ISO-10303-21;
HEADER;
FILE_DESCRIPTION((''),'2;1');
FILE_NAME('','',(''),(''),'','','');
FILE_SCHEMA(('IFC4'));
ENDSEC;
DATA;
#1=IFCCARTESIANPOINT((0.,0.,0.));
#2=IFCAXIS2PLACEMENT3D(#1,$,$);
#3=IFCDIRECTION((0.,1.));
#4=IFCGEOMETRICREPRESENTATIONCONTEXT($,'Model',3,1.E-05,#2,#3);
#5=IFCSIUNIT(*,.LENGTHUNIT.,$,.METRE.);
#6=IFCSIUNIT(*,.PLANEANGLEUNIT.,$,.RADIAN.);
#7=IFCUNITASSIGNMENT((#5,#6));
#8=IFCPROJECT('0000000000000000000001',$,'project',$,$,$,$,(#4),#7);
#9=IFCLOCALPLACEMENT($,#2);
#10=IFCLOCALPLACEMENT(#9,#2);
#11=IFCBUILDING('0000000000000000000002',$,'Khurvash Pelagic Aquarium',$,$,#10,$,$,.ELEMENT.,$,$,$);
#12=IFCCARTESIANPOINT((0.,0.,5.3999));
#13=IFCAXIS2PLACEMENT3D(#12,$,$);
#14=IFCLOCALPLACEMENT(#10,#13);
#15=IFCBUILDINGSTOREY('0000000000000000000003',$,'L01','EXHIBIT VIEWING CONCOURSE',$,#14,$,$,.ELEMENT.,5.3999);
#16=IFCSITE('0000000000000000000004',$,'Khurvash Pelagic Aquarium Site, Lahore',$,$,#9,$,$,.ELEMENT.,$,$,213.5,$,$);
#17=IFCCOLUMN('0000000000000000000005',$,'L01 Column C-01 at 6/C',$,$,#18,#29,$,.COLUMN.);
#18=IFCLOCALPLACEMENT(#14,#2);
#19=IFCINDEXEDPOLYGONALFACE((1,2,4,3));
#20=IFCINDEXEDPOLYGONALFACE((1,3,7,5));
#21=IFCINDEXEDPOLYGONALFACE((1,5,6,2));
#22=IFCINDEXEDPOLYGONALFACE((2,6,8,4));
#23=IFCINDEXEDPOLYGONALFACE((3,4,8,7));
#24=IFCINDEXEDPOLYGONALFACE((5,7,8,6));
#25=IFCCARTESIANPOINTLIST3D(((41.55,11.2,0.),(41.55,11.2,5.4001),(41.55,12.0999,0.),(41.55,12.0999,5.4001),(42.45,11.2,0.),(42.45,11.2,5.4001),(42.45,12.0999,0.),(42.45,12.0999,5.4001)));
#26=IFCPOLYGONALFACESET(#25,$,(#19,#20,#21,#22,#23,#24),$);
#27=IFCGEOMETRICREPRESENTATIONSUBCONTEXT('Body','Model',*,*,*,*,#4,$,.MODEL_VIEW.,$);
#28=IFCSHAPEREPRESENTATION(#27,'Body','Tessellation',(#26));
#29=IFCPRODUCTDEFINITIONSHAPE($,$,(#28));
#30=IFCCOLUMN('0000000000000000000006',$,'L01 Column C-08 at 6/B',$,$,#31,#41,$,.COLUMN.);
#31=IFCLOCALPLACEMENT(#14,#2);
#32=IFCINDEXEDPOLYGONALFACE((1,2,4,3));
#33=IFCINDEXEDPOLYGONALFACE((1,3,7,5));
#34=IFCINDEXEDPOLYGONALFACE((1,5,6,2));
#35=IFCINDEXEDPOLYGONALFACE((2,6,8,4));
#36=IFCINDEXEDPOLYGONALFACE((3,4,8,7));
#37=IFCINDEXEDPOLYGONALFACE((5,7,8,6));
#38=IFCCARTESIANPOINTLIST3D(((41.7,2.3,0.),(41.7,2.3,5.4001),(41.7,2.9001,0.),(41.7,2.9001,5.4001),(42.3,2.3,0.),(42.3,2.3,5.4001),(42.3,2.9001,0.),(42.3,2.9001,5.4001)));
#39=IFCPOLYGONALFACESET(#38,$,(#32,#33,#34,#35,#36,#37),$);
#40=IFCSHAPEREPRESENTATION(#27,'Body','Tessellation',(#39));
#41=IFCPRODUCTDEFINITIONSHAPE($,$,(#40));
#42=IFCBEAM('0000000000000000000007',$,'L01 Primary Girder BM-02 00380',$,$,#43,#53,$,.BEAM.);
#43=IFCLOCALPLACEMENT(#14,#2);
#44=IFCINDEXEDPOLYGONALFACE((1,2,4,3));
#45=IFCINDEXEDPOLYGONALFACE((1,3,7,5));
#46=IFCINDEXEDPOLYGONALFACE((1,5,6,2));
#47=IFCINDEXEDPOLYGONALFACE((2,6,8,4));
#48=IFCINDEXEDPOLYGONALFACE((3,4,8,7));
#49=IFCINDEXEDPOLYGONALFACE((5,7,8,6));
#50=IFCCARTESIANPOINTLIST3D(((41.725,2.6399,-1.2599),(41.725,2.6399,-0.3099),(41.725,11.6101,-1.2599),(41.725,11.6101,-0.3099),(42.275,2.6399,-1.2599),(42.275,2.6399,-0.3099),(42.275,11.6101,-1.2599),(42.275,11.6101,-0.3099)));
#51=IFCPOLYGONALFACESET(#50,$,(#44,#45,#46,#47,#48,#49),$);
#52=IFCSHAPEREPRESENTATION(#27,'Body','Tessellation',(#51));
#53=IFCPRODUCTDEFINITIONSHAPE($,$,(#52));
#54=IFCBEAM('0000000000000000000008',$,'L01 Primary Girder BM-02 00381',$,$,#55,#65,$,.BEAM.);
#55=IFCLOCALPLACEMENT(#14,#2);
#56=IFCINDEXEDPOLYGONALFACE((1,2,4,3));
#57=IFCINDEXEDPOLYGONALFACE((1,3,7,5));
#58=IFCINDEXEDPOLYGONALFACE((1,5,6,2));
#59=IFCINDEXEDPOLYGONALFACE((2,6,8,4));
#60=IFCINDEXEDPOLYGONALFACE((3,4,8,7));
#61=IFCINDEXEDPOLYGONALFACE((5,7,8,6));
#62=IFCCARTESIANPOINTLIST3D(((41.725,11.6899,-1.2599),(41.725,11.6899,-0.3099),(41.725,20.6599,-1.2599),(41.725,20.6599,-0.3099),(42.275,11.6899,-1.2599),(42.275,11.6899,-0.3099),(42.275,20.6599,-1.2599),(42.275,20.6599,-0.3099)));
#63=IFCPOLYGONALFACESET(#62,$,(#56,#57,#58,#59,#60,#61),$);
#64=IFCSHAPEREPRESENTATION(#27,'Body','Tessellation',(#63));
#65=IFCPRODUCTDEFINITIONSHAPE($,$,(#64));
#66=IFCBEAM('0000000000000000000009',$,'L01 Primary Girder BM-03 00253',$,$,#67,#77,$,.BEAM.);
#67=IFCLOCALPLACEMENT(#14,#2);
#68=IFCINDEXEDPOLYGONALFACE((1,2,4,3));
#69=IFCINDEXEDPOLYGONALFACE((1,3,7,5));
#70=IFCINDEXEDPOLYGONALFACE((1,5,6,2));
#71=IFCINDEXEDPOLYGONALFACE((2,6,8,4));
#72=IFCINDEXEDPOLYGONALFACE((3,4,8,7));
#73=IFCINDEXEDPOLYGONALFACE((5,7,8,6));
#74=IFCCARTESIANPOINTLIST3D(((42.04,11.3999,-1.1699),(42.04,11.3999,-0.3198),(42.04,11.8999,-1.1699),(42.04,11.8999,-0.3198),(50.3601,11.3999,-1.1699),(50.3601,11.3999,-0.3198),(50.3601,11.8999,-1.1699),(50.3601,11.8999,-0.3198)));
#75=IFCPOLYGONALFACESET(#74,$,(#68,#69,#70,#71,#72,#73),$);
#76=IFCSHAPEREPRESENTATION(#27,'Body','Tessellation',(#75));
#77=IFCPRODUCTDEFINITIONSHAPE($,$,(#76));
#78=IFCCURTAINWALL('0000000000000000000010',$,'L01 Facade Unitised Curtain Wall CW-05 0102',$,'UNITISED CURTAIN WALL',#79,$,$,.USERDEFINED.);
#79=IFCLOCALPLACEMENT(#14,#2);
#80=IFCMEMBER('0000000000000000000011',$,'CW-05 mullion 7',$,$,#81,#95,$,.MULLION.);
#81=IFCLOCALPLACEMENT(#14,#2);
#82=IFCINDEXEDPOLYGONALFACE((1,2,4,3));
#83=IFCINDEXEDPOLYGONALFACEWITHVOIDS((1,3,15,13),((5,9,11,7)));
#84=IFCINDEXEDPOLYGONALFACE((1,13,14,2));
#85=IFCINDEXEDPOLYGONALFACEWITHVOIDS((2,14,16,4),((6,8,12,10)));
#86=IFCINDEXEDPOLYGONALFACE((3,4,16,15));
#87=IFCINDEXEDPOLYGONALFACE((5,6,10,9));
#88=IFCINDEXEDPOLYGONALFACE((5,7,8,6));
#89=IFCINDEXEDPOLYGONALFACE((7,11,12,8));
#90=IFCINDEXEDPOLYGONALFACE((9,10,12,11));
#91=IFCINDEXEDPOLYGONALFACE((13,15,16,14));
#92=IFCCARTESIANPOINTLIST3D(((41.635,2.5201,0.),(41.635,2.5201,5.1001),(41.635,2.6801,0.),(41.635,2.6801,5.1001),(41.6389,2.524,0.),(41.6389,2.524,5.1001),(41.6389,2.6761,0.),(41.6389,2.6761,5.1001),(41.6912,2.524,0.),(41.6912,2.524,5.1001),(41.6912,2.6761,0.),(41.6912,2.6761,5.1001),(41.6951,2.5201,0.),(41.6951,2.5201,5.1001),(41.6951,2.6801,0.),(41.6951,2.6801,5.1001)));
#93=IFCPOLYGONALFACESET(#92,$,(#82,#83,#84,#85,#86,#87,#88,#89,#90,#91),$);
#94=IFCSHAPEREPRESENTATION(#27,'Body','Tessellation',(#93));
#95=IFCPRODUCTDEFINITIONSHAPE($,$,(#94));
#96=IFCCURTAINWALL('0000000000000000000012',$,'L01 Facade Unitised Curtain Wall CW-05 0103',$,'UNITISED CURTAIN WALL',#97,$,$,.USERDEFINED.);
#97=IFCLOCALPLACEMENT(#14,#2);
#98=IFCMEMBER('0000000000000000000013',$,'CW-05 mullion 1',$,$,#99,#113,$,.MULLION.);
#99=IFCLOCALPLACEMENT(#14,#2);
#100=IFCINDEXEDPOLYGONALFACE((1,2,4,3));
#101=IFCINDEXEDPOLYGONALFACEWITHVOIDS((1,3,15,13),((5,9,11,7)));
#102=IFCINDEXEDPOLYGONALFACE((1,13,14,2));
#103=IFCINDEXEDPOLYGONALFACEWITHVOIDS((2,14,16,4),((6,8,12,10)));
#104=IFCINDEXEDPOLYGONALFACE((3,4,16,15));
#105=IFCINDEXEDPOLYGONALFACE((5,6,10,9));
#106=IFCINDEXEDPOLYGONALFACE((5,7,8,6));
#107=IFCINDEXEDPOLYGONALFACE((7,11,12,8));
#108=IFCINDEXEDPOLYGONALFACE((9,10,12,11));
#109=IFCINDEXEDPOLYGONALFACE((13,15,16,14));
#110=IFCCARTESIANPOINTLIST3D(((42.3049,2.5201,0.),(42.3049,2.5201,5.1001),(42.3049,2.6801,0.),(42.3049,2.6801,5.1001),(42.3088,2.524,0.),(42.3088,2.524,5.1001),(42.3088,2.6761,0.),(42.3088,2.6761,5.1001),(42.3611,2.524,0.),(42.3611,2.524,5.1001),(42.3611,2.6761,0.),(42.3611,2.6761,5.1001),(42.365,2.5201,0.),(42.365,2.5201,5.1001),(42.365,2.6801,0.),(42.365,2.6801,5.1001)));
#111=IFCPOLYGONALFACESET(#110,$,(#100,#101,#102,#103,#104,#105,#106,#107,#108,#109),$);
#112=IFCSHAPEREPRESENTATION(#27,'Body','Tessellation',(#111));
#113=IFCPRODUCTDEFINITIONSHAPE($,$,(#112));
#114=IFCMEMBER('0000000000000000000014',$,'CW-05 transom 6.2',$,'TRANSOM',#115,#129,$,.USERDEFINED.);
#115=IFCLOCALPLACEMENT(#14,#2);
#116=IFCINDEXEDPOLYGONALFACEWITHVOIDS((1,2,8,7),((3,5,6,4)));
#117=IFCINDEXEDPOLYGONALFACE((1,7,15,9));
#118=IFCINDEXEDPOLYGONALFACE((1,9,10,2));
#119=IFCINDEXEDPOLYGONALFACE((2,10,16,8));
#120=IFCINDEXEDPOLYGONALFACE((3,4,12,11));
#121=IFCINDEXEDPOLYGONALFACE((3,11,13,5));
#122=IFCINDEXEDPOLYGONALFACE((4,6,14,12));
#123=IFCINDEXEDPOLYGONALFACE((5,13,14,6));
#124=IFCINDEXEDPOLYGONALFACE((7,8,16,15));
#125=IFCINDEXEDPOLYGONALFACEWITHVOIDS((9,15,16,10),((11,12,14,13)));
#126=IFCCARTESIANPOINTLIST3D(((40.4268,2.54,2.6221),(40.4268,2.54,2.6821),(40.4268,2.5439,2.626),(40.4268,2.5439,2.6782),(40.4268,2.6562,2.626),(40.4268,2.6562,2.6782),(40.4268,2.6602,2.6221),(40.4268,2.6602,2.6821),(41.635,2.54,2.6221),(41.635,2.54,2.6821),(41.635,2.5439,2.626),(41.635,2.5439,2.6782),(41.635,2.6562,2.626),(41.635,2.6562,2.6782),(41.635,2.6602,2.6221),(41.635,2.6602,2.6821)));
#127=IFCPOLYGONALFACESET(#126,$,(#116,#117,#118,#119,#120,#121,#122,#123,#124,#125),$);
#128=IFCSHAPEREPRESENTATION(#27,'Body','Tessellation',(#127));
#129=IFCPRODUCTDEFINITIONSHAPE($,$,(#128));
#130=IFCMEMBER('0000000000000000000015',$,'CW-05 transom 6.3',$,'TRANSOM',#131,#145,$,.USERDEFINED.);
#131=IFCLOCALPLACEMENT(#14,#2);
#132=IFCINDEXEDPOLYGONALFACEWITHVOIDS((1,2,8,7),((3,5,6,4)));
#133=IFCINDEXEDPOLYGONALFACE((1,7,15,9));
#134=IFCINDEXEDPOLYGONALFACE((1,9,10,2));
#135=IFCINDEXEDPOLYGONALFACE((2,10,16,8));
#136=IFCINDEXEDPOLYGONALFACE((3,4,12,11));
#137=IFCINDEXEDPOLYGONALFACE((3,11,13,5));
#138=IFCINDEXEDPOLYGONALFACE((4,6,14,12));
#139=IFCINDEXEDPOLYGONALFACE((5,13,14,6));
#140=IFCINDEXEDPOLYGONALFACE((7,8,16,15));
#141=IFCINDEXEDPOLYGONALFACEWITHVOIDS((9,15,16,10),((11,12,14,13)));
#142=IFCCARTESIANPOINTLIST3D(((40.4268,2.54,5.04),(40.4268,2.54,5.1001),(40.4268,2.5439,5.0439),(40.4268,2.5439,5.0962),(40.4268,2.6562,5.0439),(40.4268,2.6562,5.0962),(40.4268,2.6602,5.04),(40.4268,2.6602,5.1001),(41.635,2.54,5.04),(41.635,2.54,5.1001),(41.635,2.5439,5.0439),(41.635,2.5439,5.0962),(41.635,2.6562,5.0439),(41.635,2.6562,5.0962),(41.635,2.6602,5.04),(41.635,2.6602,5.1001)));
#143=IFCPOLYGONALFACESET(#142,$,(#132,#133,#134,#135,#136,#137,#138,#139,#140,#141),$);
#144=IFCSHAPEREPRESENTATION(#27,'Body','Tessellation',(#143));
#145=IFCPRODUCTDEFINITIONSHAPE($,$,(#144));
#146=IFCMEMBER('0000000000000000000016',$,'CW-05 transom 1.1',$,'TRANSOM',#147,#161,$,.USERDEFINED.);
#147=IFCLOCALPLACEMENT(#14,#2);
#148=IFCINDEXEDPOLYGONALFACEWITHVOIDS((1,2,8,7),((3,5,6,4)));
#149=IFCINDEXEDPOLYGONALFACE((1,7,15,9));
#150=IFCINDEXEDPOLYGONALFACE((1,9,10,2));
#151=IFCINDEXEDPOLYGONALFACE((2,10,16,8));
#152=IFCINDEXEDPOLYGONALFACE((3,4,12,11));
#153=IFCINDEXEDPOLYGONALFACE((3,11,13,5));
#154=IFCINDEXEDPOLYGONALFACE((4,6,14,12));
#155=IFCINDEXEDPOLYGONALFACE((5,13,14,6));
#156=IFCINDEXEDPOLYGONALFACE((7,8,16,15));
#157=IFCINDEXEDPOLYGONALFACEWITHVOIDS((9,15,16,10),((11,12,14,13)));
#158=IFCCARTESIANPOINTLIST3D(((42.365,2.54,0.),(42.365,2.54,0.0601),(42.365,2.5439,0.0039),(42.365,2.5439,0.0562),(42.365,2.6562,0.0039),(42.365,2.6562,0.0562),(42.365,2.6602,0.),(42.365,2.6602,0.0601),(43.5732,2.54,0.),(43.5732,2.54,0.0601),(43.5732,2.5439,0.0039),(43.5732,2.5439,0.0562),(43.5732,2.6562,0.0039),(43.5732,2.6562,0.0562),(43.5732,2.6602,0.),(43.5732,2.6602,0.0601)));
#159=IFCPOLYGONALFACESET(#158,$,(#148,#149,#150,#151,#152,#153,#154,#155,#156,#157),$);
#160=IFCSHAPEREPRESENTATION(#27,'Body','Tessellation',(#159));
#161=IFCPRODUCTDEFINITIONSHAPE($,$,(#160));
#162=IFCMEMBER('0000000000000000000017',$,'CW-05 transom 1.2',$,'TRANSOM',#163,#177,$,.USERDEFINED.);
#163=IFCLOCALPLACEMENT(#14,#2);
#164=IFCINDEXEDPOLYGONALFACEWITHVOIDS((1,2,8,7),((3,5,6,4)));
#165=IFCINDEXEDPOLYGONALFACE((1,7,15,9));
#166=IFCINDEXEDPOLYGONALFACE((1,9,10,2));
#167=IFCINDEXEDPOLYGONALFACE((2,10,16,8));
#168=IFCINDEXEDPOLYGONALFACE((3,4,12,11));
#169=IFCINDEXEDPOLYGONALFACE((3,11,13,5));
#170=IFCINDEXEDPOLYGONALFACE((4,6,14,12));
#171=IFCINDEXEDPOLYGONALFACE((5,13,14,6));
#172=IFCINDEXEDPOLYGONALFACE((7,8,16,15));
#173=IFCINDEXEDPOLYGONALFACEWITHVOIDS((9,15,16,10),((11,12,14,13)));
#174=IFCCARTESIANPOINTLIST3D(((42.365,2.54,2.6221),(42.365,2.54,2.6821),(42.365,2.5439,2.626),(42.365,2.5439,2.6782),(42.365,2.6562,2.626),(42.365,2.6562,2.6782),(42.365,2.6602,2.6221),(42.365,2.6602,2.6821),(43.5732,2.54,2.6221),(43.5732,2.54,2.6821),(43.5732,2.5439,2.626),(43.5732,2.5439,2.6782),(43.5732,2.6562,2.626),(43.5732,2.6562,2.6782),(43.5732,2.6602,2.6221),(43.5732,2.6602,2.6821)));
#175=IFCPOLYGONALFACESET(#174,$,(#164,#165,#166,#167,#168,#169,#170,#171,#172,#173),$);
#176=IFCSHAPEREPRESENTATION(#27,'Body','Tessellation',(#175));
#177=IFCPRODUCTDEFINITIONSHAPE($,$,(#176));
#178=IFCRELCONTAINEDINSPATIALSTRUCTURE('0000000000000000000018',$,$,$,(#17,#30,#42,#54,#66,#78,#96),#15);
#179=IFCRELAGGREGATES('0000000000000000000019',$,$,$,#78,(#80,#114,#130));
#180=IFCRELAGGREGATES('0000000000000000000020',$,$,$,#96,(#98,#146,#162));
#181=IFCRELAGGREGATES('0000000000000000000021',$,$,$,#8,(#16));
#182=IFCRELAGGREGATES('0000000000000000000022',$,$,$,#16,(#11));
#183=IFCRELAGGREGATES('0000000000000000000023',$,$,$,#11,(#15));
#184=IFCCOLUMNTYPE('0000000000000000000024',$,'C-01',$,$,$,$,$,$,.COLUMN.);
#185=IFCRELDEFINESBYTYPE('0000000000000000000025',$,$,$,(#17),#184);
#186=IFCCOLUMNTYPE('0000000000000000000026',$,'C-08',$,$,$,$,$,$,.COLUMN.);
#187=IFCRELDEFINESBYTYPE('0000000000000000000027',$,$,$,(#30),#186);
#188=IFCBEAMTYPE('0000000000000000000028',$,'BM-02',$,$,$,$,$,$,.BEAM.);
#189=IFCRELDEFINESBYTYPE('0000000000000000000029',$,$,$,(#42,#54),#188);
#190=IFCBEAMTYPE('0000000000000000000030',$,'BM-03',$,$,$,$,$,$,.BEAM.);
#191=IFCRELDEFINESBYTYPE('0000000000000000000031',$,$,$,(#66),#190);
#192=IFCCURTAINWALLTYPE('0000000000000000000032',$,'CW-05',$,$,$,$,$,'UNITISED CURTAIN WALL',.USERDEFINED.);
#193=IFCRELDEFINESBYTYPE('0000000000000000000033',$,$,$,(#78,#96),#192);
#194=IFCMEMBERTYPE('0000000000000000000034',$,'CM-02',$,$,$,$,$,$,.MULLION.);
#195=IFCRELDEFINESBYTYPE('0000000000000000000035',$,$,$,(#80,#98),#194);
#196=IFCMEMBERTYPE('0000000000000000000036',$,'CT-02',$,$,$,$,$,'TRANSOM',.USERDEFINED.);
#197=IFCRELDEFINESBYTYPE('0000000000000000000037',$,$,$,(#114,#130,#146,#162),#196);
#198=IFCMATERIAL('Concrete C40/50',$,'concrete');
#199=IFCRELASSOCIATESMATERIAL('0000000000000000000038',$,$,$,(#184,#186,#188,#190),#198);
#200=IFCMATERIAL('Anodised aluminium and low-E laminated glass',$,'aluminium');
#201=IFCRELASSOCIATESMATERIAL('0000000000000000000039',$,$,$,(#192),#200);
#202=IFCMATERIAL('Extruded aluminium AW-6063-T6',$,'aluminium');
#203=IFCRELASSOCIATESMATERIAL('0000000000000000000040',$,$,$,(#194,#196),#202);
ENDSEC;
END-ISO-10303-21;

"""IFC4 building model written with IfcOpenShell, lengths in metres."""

from ifc_helpers import new_model, si_unit, direction, frame, origin, origin_2d, place, context, subcontext, project, spatial, rectangle, hollow_rectangle, extrude, material, material_profile, profile_set, type_object, element, aggregate, save


model = new_model("IFC4")

# Units and contexts
model_context = context("Model", 3, precision=1e-05, world=origin(), true_north=direction((0.0, 1.0)))
body_context = subcontext(model_context, "Body", "Model", "MODEL_VIEW")
ifc_project = project(units=[si_unit("LENGTHUNIT", "METRE"), si_unit("PLANEANGLEUNIT", "RADIAN")], contexts=[model_context])

# Site, building, storey
site_placement = place(None, origin())
site = spatial("IfcSite", under=ifc_project, at=site_placement, Name="Khurvash Pelagic Aquarium Site, Lahore", CompositionType="ELEMENT", RefElevation=213.5)
building_placement = place(site_placement, origin())
building = spatial("IfcBuilding", under=site, at=building_placement, Name="Khurvash Pelagic Aquarium", CompositionType="ELEMENT")
storey_placement = place(building_placement, frame((0.0, 0.0, 5.3999)))
storey = spatial("IfcBuildingStorey", under=building, at=storey_placement, Name="L01", Description="EXHIBIT VIEWING CONCOURSE", CompositionType="ELEMENT", Elevation=5.3999)

# Columns
ifc_material_1 = material(Name="Concrete C40/50", Category="concrete")
ifc_material_profile_1 = material_profile(ifc_material_1, rectangle(XDim=0.8999, YDim=0.8999, at=origin_2d()), Name="RC900X900")
ifc_profile_set_1 = profile_set([ifc_material_profile_1], Name="Concrete C40/50")
column_type_1 = type_object("IfcColumnType", Name="C-01", PredefinedType="COLUMN", material=ifc_profile_set_1)
column_1_placement = place(storey_placement, frame((42.0, 11.6499, 0.0), z_axis=(0.0, 0.0, 1.0), x_axis=(1.0, 0.0, 0.0)))
element("IfcColumn", 1, at=column_1_placement, inside=storey, type_object=column_type_1, Name="L01 Column C-01 at 6/C", PredefinedType="COLUMN", context=body_context, shape_type="SweptSolid", body=[
    extrude(rectangle(XDim=0.8999, YDim=0.8999, at=origin_2d()), origin(), (0.0, 0.0, 1.0), 5.4001),
])
ifc_material_profile_2 = material_profile(ifc_material_1, rectangle(XDim=0.6001, YDim=0.6001, at=origin_2d()), Name="RC600X600")
ifc_profile_set_2 = profile_set([ifc_material_profile_2], Name="Concrete C40/50")
column_type_2 = type_object("IfcColumnType", Name="C-08", PredefinedType="COLUMN", material=ifc_profile_set_2)
column_2_placement = place(storey_placement, frame((42.0, 2.6001, 0.0), z_axis=(0.0, 0.0, 1.0), x_axis=(1.0, 0.0, 0.0)))
element("IfcColumn", 2, at=column_2_placement, inside=storey, type_object=column_type_2, Name="L01 Column C-08 at 6/B", PredefinedType="COLUMN", context=body_context, shape_type="SweptSolid", body=[
    extrude(rectangle(XDim=0.6001, YDim=0.6001, at=origin_2d()), origin(), (0.0, 0.0, 1.0), 5.4001),
])

# Beams
ifc_material_profile_3 = material_profile(ifc_material_1, rectangle(XDim=0.55, YDim=0.95, at=origin_2d()), Name="RC550X950")
ifc_profile_set_3 = profile_set([ifc_material_profile_3], Name="Concrete C40/50")
beam_type_1 = type_object("IfcBeamType", Name="BM-02", PredefinedType="BEAM", material=ifc_profile_set_3)
beam_1_placement = place(storey_placement, frame((42.0, 2.6399, -0.7849), z_axis=(0.0, 1.0, 0.0), x_axis=(-1.0, 0.0, 0.0)))
element("IfcBeam", 3, at=beam_1_placement, inside=storey, type_object=beam_type_1, Name="L01 Primary Girder BM-02 00380", PredefinedType="BEAM", context=body_context, shape_type="SweptSolid", body=[
    extrude(rectangle(XDim=0.55, YDim=0.95, at=origin_2d()), origin(), (0.0, 0.0, 1.0), 8.9702),
])
beam_2_placement = place(storey_placement, frame((42.0, 11.6899, -0.7849), z_axis=(0.0, 1.0, 0.0), x_axis=(-1.0, 0.0, 0.0)))
element("IfcBeam", 4, at=beam_2_placement, inside=storey, type_object=beam_type_1, Name="L01 Primary Girder BM-02 00381", PredefinedType="BEAM", context=body_context, shape_type="SweptSolid", body=[
    extrude(rectangle(XDim=0.55, YDim=0.95, at=origin_2d()), origin(), (0.0, 0.0, 1.0), 8.97),
])
ifc_material_profile_4 = material_profile(ifc_material_1, rectangle(XDim=0.5, YDim=0.8501, at=origin_2d()), Name="RC500X850")
ifc_profile_set_4 = profile_set([ifc_material_profile_4], Name="Concrete C40/50")
beam_type_2 = type_object("IfcBeamType", Name="BM-03", PredefinedType="BEAM", material=ifc_profile_set_4)
beam_3_placement = place(storey_placement, frame((42.04, 11.6499, -0.7449), z_axis=(1.0, 0.0, 0.0), x_axis=(0.0, 1.0, 0.0)))
element("IfcBeam", 5, at=beam_3_placement, inside=storey, type_object=beam_type_2, Name="L01 Primary Girder BM-03 00253", PredefinedType="BEAM", context=body_context, shape_type="SweptSolid", body=[
    extrude(rectangle(XDim=0.5, YDim=0.8501, at=origin_2d()), origin(), (0.0, 0.0, 1.0), 8.3201),
])

# Curtain walls, members
ifc_material_2 = material(Name="Anodised aluminium and low-E laminated glass", Category="aluminium")
curtain_wall_type = type_object("IfcCurtainWallType", Name="CW-05", ElementType="UNITISED CURTAIN WALL", PredefinedType="USERDEFINED", material=ifc_material_2)
curtain_wall_1_placement = place(storey_placement, origin())
curtain_wall_1 = element("IfcCurtainWall", 6, at=curtain_wall_1_placement, inside=storey, type_object=curtain_wall_type, Name="L01 Facade Unitised Curtain Wall CW-05 0102", ObjectType="UNITISED CURTAIN WALL", PredefinedType="USERDEFINED")
ifc_material_3 = material(Name="Extruded aluminium AW-6063-T6", Category="aluminium")
ifc_material_profile_5 = material_profile(ifc_material_3, hollow_rectangle(XDim=0.0601, YDim=0.1599, WallThickness=0.0039, at=origin_2d()), Name="CWM60X160X4")
ifc_profile_set_5 = profile_set([ifc_material_profile_5], Name="Extruded aluminium AW-6063-T6")
member_type_1 = type_object("IfcMemberType", Name="CM-02", PredefinedType="MULLION", material=ifc_profile_set_5)
member_1_placement = place(storey_placement, frame((41.665, 2.6001, 0.0), z_axis=(0.0, 0.0, 1.0), x_axis=(1.0, 0.0, 0.0)))
member_1 = element("IfcMember", 7, at=member_1_placement, type_object=member_type_1, Name="CW-05 mullion 7", PredefinedType="MULLION", context=body_context, shape_type="SweptSolid", body=[
    extrude(hollow_rectangle(XDim=0.0601, YDim=0.1599, WallThickness=0.0039, at=origin_2d()), origin(), (0.0, 0.0, 1.0), 5.1001),
])
curtain_wall_2_placement = place(storey_placement, origin())
curtain_wall_2 = element("IfcCurtainWall", 8, at=curtain_wall_2_placement, inside=storey, type_object=curtain_wall_type, Name="L01 Facade Unitised Curtain Wall CW-05 0103", ObjectType="UNITISED CURTAIN WALL", PredefinedType="USERDEFINED")
member_2_placement = place(storey_placement, frame((42.335, 2.6001, 0.0), z_axis=(0.0, 0.0, 1.0), x_axis=(1.0, 0.0, 0.0)))
member_2 = element("IfcMember", 9, at=member_2_placement, type_object=member_type_1, Name="CW-05 mullion 1", PredefinedType="MULLION", context=body_context, shape_type="SweptSolid", body=[
    extrude(hollow_rectangle(XDim=0.0601, YDim=0.1599, WallThickness=0.0039, at=origin_2d()), origin(), (0.0, 0.0, 1.0), 5.1001),
])

# Members
ifc_material_profile_6 = material_profile(ifc_material_3, hollow_rectangle(XDim=0.1201, YDim=0.0601, WallThickness=0.0039, at=origin_2d()), Name="CWT120X60X4")
ifc_profile_set_6 = profile_set([ifc_material_profile_6], Name="Extruded aluminium AW-6063-T6")
member_type_2 = type_object("IfcMemberType", Name="CT-02", ElementType="TRANSOM", PredefinedType="USERDEFINED", material=ifc_profile_set_6)
member_3_placement = place(storey_placement, frame((40.4268, 2.6001, 2.6521), z_axis=(1.0, 0.0, 0.0), x_axis=(0.0, 1.0, 0.0)))
member_3 = element("IfcMember", 10, at=member_3_placement, type_object=member_type_2, Name="CW-05 transom 6.2", ObjectType="TRANSOM", PredefinedType="USERDEFINED", context=body_context, shape_type="SweptSolid", body=[
    extrude(hollow_rectangle(XDim=0.1201, YDim=0.0601, WallThickness=0.0039, at=origin_2d()), origin(), (0.0, 0.0, 1.0), 1.2083),
])
member_4_placement = place(storey_placement, frame((40.4268, 2.6001, 5.0701), z_axis=(1.0, 0.0, 0.0), x_axis=(0.0, 1.0, 0.0)))
member_4 = element("IfcMember", 11, at=member_4_placement, type_object=member_type_2, Name="CW-05 transom 6.3", ObjectType="TRANSOM", PredefinedType="USERDEFINED", context=body_context, shape_type="SweptSolid", body=[
    extrude(hollow_rectangle(XDim=0.1201, YDim=0.0601, WallThickness=0.0039, at=origin_2d()), origin(), (0.0, 0.0, 1.0), 1.2083),
])
member_5_placement = place(storey_placement, frame((42.365, 2.6001, 0.03), z_axis=(1.0, 0.0, 0.0), x_axis=(0.0, 1.0, 0.0)))
member_5 = element("IfcMember", 12, at=member_5_placement, type_object=member_type_2, Name="CW-05 transom 1.1", ObjectType="TRANSOM", PredefinedType="USERDEFINED", context=body_context, shape_type="SweptSolid", body=[
    extrude(hollow_rectangle(XDim=0.1201, YDim=0.0601, WallThickness=0.0039, at=origin_2d()), origin(), (0.0, 0.0, 1.0), 1.2083),
])
member_6_placement = place(storey_placement, frame((42.365, 2.6001, 2.6521), z_axis=(1.0, 0.0, 0.0), x_axis=(0.0, 1.0, 0.0)))
member_6 = element("IfcMember", 13, at=member_6_placement, type_object=member_type_2, Name="CW-05 transom 1.2", ObjectType="TRANSOM", PredefinedType="USERDEFINED", context=body_context, shape_type="SweptSolid", body=[
    extrude(hollow_rectangle(XDim=0.1201, YDim=0.0601, WallThickness=0.0039, at=origin_2d()), origin(), (0.0, 0.0, 1.0), 1.2083),
])

aggregate(curtain_wall_1, [member_1, member_3, member_4])
aggregate(curtain_wall_2, [member_2, member_5, member_6])

save(model, "model.ifc")
